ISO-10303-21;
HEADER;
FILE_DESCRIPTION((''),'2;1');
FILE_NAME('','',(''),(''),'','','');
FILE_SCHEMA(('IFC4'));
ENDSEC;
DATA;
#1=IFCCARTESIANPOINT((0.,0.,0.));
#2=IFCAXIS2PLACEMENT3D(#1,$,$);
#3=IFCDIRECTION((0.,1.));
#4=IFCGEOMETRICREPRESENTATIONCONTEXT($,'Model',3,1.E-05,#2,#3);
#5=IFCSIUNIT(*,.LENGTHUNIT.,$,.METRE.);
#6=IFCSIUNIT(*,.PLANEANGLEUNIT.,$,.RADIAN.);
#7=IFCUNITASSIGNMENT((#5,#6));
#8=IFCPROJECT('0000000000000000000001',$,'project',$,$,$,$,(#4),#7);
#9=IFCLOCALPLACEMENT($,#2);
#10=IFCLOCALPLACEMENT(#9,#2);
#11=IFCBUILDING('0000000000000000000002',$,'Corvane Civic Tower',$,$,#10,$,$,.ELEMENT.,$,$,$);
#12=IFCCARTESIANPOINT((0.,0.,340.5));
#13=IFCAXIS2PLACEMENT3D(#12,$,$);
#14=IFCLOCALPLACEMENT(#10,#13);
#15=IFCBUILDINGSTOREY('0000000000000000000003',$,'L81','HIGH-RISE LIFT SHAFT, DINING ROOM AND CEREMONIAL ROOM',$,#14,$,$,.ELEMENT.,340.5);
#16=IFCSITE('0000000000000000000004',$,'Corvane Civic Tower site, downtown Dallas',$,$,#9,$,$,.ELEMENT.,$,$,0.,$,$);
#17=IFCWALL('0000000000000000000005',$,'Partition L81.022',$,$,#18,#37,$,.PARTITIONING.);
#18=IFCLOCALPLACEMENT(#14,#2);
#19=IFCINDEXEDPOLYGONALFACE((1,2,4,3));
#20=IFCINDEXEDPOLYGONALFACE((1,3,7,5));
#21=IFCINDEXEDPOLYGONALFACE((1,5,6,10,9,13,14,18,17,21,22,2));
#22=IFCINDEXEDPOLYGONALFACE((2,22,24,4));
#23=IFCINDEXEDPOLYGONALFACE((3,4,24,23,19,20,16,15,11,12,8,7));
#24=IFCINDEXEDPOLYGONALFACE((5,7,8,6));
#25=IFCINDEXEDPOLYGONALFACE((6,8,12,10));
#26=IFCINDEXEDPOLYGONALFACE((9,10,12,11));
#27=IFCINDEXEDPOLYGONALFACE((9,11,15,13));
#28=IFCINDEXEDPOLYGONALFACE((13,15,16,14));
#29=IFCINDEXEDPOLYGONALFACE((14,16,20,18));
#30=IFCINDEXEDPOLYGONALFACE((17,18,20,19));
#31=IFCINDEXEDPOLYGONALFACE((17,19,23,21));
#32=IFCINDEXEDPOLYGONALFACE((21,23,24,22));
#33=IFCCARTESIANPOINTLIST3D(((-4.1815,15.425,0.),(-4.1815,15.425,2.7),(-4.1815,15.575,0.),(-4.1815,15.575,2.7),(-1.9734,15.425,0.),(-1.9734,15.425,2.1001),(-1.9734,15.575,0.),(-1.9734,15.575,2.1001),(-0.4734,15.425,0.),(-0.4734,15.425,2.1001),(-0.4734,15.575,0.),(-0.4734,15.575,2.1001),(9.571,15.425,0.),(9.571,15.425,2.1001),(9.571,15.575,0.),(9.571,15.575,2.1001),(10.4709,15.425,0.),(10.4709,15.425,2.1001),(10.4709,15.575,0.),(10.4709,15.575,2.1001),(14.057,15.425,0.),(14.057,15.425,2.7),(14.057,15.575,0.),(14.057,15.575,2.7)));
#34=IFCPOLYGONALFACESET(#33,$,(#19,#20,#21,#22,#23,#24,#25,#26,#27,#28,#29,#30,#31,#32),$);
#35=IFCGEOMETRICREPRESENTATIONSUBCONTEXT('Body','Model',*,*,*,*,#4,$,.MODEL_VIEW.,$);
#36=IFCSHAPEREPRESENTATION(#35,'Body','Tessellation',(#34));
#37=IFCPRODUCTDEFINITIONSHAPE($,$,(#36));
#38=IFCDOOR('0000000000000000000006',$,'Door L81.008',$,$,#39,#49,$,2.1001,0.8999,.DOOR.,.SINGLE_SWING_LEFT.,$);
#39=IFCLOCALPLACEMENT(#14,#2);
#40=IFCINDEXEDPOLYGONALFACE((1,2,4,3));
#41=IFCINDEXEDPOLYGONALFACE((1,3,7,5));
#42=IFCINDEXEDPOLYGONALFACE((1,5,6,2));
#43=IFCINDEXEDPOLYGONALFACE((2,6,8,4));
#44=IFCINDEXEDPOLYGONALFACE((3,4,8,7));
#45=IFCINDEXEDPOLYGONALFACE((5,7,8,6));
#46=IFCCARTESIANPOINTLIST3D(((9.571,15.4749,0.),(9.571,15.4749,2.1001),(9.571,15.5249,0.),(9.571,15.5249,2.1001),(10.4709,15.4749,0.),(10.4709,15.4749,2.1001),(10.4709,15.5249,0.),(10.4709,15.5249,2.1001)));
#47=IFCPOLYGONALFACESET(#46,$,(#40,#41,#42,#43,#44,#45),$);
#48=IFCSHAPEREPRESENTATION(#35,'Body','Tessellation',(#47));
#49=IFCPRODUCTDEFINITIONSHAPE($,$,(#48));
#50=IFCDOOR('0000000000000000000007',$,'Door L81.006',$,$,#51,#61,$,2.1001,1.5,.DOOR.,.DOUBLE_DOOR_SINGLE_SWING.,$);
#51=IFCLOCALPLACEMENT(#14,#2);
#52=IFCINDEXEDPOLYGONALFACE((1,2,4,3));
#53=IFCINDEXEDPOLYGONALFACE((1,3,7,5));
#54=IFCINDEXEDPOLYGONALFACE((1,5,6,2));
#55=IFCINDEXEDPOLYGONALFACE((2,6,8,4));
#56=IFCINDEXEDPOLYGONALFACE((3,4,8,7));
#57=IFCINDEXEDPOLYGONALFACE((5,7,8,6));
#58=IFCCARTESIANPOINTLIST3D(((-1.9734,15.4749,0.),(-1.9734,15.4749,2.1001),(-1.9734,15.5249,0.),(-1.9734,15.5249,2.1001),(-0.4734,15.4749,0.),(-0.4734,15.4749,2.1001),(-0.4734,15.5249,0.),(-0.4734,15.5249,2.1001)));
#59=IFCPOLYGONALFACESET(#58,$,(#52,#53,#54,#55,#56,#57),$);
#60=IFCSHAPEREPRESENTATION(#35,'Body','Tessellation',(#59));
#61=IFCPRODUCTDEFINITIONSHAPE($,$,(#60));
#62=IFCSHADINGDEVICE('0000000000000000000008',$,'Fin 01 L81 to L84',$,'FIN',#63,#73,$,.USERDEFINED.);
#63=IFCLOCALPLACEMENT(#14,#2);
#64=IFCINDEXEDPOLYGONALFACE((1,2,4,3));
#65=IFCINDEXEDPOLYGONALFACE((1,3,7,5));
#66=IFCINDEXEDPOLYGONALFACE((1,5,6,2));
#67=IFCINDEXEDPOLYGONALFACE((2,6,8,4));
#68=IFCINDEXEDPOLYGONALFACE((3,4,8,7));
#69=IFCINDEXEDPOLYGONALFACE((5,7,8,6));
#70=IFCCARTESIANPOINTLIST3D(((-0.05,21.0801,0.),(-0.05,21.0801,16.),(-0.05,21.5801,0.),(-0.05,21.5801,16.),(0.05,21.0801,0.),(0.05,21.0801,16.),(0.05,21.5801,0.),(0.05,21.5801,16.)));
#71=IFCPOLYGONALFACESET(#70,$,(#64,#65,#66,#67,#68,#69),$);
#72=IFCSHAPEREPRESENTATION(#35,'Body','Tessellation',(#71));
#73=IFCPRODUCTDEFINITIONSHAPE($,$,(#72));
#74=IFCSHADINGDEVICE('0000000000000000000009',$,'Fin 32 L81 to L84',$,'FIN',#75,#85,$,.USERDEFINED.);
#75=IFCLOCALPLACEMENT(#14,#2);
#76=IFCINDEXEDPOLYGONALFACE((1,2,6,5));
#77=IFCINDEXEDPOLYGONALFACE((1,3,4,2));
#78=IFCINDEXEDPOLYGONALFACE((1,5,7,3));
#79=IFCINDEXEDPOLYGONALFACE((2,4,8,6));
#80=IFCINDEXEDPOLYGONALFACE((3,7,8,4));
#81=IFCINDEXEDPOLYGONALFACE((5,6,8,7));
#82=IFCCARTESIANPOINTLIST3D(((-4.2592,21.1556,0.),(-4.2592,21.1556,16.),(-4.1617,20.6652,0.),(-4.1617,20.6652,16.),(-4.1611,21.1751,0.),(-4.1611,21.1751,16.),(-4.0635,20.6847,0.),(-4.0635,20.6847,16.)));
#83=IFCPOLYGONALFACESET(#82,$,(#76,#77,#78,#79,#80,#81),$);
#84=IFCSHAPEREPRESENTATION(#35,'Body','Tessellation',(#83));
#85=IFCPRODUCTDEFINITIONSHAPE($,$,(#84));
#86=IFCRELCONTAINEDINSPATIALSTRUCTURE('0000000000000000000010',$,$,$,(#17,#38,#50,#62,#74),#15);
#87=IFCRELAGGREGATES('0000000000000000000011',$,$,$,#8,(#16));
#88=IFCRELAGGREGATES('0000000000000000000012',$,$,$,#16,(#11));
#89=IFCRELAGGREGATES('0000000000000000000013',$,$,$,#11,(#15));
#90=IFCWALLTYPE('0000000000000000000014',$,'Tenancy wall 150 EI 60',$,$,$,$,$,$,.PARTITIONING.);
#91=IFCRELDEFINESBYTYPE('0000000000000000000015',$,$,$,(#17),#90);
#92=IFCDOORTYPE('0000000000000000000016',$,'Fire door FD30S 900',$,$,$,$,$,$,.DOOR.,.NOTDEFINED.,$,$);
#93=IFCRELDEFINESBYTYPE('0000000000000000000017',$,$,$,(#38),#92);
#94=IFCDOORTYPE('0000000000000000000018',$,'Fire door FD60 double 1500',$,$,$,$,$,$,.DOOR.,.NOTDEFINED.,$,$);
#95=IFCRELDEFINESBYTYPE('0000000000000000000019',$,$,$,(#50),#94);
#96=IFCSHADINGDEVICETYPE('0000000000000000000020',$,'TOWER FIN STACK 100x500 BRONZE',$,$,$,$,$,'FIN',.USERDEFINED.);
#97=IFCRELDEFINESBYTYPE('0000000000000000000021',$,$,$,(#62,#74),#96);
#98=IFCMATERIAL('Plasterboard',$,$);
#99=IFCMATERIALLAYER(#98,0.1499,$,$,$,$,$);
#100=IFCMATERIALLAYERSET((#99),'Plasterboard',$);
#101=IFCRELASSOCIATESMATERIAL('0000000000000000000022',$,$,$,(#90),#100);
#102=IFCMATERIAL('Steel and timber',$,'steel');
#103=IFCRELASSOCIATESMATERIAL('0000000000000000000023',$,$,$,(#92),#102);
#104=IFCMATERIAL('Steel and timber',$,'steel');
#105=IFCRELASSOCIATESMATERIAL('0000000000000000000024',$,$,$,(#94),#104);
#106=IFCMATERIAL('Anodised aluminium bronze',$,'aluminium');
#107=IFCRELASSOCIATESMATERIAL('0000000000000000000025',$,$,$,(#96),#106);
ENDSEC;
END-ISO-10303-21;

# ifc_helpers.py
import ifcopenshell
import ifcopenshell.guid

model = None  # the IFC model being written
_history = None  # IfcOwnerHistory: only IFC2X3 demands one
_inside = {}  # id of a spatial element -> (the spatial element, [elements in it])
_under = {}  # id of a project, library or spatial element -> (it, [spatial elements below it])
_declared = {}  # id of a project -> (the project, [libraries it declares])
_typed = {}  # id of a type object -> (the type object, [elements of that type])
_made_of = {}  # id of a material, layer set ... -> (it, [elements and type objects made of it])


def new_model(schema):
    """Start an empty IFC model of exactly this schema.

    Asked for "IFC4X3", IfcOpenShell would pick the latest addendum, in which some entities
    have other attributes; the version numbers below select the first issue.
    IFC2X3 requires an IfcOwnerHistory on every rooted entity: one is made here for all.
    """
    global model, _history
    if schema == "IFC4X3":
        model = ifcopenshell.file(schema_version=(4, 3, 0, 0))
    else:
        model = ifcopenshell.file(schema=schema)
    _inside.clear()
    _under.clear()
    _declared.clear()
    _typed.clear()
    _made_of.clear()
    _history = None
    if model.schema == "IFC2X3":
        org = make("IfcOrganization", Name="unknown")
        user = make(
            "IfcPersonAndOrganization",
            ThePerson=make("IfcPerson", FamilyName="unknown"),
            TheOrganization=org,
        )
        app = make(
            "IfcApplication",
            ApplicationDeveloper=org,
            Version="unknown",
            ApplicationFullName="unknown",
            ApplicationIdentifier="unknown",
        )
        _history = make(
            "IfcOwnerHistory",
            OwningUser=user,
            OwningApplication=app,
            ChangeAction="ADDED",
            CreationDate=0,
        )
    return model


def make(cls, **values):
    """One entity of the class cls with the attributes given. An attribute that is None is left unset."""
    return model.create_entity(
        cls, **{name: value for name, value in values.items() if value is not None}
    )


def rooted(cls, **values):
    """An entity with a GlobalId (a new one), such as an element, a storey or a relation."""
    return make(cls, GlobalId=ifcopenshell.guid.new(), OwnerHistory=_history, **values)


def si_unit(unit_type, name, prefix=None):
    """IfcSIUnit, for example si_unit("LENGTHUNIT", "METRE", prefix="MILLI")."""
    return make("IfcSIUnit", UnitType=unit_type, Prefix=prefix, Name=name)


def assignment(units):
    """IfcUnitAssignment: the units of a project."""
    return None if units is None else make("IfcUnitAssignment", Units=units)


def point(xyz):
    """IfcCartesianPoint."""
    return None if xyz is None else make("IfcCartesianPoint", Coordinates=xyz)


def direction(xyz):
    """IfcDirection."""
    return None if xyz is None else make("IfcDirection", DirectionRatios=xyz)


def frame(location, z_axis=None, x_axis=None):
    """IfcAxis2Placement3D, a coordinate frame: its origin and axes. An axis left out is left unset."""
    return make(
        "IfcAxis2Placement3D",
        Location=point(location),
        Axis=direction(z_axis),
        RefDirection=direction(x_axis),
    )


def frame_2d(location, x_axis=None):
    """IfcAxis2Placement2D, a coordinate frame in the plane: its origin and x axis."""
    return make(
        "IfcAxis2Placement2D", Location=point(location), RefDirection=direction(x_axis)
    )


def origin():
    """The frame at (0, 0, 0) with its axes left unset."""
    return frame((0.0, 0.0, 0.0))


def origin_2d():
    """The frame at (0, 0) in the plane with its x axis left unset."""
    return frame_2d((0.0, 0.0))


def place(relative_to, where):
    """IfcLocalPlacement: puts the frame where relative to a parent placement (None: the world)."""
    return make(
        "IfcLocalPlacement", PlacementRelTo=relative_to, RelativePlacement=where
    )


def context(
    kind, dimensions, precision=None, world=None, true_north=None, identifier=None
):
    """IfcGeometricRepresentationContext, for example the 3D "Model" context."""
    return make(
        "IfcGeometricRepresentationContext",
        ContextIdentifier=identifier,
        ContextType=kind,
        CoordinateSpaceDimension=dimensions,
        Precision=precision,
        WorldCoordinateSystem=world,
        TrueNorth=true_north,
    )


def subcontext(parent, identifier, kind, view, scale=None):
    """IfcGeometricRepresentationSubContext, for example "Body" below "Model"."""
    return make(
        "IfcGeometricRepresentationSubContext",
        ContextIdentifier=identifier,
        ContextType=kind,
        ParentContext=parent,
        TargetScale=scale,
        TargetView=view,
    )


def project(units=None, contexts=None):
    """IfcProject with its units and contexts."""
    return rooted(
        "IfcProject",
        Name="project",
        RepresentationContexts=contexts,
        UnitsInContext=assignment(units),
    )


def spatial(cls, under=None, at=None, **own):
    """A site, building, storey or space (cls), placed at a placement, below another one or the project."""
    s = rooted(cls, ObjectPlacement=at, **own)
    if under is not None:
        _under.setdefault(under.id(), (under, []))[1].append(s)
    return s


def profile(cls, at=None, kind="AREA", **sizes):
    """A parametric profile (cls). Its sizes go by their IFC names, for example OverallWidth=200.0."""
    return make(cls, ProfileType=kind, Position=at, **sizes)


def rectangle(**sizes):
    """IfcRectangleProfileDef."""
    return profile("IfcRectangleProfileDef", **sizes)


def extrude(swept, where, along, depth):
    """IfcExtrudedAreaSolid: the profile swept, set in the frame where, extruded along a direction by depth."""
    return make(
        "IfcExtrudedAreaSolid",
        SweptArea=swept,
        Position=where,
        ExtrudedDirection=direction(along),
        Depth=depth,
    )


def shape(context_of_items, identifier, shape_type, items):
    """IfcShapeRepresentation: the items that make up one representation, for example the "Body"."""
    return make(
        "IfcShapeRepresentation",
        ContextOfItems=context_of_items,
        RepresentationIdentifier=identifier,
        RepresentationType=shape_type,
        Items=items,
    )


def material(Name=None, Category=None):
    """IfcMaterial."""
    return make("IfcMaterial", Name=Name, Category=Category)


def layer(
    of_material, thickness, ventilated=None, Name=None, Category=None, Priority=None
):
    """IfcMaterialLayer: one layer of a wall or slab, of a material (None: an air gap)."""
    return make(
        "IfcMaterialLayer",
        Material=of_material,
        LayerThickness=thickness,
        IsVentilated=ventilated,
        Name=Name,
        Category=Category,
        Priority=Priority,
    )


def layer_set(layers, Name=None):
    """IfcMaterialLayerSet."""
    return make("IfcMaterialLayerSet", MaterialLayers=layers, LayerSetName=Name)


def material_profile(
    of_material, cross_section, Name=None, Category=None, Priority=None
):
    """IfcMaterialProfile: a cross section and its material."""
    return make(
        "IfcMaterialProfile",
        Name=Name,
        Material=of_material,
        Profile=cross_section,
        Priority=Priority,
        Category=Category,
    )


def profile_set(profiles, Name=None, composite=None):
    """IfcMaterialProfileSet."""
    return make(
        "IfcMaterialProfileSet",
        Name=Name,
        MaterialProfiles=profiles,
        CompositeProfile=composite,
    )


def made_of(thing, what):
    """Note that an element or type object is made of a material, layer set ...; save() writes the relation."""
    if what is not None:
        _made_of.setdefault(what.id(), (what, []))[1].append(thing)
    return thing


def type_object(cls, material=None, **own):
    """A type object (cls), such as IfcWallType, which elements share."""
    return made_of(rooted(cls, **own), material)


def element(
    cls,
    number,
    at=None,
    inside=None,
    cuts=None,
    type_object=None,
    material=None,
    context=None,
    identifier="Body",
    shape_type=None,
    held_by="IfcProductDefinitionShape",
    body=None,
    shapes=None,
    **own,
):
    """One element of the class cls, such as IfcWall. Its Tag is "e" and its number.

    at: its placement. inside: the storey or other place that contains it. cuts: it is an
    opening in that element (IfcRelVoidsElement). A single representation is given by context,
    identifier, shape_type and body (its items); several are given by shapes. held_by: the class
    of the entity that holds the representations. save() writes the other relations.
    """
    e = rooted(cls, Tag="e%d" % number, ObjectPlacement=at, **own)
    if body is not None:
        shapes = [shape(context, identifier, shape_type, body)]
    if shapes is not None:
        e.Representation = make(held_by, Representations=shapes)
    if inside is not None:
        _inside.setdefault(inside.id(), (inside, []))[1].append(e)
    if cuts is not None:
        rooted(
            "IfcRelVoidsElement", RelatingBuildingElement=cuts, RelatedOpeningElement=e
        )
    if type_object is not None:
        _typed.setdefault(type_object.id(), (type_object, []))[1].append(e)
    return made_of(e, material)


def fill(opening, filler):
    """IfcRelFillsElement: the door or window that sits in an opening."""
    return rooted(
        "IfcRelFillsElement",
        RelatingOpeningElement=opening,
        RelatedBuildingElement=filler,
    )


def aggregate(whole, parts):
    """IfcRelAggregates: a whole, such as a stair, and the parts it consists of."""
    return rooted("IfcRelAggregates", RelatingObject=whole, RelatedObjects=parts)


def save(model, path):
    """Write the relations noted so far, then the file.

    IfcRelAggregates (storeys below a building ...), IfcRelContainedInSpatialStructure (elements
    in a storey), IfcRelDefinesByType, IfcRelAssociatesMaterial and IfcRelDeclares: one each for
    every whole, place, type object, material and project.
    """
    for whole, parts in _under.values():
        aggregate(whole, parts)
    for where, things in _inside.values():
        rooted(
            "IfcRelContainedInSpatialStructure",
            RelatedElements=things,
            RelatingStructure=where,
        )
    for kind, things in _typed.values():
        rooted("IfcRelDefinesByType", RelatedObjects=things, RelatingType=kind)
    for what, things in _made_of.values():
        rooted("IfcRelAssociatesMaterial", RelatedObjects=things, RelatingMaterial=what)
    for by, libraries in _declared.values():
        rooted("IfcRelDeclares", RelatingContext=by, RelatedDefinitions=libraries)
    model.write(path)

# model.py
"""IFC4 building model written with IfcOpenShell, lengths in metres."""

from ifc_helpers import new_model, si_unit, direction, frame, frame_2d, origin, origin_2d, place, context, subcontext, project, spatial, rectangle, extrude, material, layer, layer_set, material_profile, profile_set, type_object, element, fill, save


model = new_model("IFC4")

# Units and contexts
model_context = context("Model", 3, precision=1e-05, world=origin(), true_north=direction((0.0, 1.0)))
body_context = subcontext(model_context, "Body", "Model", "MODEL_VIEW")
ifc_project = project(units=[si_unit("LENGTHUNIT", "METRE"), si_unit("PLANEANGLEUNIT", "RADIAN")], contexts=[model_context])

# Site, building, storey
site_placement = place(None, origin())
site = spatial("IfcSite", under=ifc_project, at=site_placement, Name="Corvane Civic Tower site, downtown Dallas", CompositionType="ELEMENT", RefElevation=0.0)
building_placement = place(site_placement, origin())
building = spatial("IfcBuilding", under=site, at=building_placement, Name="Corvane Civic Tower", CompositionType="ELEMENT")
storey_placement = place(building_placement, frame((0.0, 0.0, 340.5)))
storey = spatial("IfcBuildingStorey", under=building, at=storey_placement, Name="L81", Description="HIGH-RISE LIFT SHAFT, DINING ROOM AND CEREMONIAL ROOM", CompositionType="ELEMENT", Elevation=340.5)

# Wall, openings, doors
ifc_material_1 = material(Name="Plasterboard")
ifc_layer_1 = layer(ifc_material_1, 0.1499)
ifc_layer_set_1 = layer_set([ifc_layer_1], Name="Plasterboard")
wall_type_1 = type_object("IfcWallType", Name="Tenancy wall 150 EI 60", PredefinedType="PARTITIONING", material=ifc_layer_set_1)
wall_1_placement = place(storey_placement, frame((-4.1814, 15.5, 0.0), z_axis=(0.0, 0.0, 1.0), x_axis=(1.0, 0.0, 0.0)))
wall_1 = element("IfcWall", 1, at=wall_1_placement, inside=storey, type_object=wall_type_1, Name="Partition L81.022", PredefinedType="PARTITIONING", context=body_context, shape_type="SweptSolid", body=[
    extrude(rectangle(XDim=18.2385, YDim=0.1499, at=frame_2d((9.1191, 0.0))), origin(), (0.0, 0.0, 1.0), 2.7),
])
opening_1_placement = place(wall_1_placement, frame((2.208, 0.0, 0.0)))
opening_1 = element("IfcOpeningElement", 2, at=opening_1_placement, cuts=wall_1, PredefinedType="OPENING", context=body_context, shape_type="SweptSolid", body=[
    extrude(rectangle(XDim=1.5, YDim=2.1001, at=frame_2d((0.75, 1.05))), frame((0.0, 0.085, 0.0), z_axis=(0.0, -1.0, 0.0), x_axis=(1.0, 0.0, 0.0)), (0.0, 0.0, 1.0), 0.1699),
])
opening_2_placement = place(wall_1_placement, frame((13.7524, 0.0, 0.0)))
opening_2 = element("IfcOpeningElement", 3, at=opening_2_placement, cuts=wall_1, PredefinedType="OPENING", context=body_context, shape_type="SweptSolid", body=[
    extrude(rectangle(XDim=0.8999, YDim=2.1001, at=frame_2d((0.45, 1.05))), frame((0.0, 0.085, 0.0), z_axis=(0.0, -1.0, 0.0), x_axis=(1.0, 0.0, 0.0)), (0.0, 0.0, 1.0), 0.1699),
])
ifc_material_2 = material(Name="Steel and timber", Category="steel")
door_type_1 = type_object("IfcDoorType", Name="Fire door FD30S 900", OperationType="NOTDEFINED", PredefinedType="DOOR", material=ifc_material_2)
door_1_placement = place(opening_2_placement, origin())
door_1 = element("IfcDoor", 4, at=door_1_placement, inside=storey, type_object=door_type_1, Name="Door L81.008", OperationType="SINGLE_SWING_LEFT", OverallHeight=2.1001, OverallWidth=0.8999, PredefinedType="DOOR", context=body_context, shape_type="SweptSolid", body=[
    extrude(rectangle(XDim=0.8999, YDim=2.1001, at=frame_2d((0.45, 1.05))), frame((0.0, 0.0249, 0.0), z_axis=(0.0, -1.0, 0.0), x_axis=(1.0, 0.0, 0.0)), (0.0, 0.0, 1.0), 0.05),
])
fill(opening_2, door_1)
ifc_material_3 = material(Name="Steel and timber", Category="steel")
door_type_2 = type_object("IfcDoorType", Name="Fire door FD60 double 1500", OperationType="NOTDEFINED", PredefinedType="DOOR", material=ifc_material_3)
door_2_placement = place(opening_1_placement, origin())
door_2 = element("IfcDoor", 5, at=door_2_placement, inside=storey, type_object=door_type_2, Name="Door L81.006", OperationType="DOUBLE_DOOR_SINGLE_SWING", OverallHeight=2.1001, OverallWidth=1.5, PredefinedType="DOOR", context=body_context, shape_type="SweptSolid", body=[
    extrude(rectangle(XDim=1.5, YDim=2.1001, at=frame_2d((0.75, 1.05))), frame((0.0, 0.0249, 0.0), z_axis=(0.0, -1.0, 0.0), x_axis=(1.0, 0.0, 0.0)), (0.0, 0.0, 1.0), 0.05),
])
fill(opening_1, door_2)

# Shading devices
ifc_material_4 = material(Name="Anodised aluminium bronze", Category="aluminium")
ifc_material_profile_1 = material_profile(ifc_material_4, rectangle(XDim=0.1001, YDim=0.5, at=origin_2d()), Name="TOWER FIN STACK 100x500 BRONZE")
ifc_profile_set_1 = profile_set([ifc_material_profile_1], Name="Anodised aluminium bronze")
shading_device_type = type_object("IfcShadingDeviceType", Name="TOWER FIN STACK 100x500 BRONZE", ElementType="FIN", PredefinedType="USERDEFINED", material=ifc_profile_set_1)
for number, where, z_axis, x_axis, name in (
    (6, (0.0, 21.3301, 0.0), (0.0, 0.0, 1.0), (1.0, 0.0, 0.0), "Fin 01 L81 to L84"),
    (7, (-4.1614, 20.9202, 0.0), (0.0, 0.0, 1.0), (0.980785, 0.19509, 0.0), "Fin 32 L81 to L84"),
):
    element("IfcShadingDevice", number, at=place(storey_placement, frame(where, z_axis=z_axis, x_axis=x_axis)), inside=storey, type_object=shading_device_type, Name=name, ObjectType="FIN", PredefinedType="USERDEFINED", context=body_context, shape_type="SweptSolid", body=[
        extrude(rectangle(XDim=0.1001, YDim=0.5, at=origin_2d()), origin(), (0.0, 0.0, 1.0), 16.0),
    ])

save(model, "model.ifc")
